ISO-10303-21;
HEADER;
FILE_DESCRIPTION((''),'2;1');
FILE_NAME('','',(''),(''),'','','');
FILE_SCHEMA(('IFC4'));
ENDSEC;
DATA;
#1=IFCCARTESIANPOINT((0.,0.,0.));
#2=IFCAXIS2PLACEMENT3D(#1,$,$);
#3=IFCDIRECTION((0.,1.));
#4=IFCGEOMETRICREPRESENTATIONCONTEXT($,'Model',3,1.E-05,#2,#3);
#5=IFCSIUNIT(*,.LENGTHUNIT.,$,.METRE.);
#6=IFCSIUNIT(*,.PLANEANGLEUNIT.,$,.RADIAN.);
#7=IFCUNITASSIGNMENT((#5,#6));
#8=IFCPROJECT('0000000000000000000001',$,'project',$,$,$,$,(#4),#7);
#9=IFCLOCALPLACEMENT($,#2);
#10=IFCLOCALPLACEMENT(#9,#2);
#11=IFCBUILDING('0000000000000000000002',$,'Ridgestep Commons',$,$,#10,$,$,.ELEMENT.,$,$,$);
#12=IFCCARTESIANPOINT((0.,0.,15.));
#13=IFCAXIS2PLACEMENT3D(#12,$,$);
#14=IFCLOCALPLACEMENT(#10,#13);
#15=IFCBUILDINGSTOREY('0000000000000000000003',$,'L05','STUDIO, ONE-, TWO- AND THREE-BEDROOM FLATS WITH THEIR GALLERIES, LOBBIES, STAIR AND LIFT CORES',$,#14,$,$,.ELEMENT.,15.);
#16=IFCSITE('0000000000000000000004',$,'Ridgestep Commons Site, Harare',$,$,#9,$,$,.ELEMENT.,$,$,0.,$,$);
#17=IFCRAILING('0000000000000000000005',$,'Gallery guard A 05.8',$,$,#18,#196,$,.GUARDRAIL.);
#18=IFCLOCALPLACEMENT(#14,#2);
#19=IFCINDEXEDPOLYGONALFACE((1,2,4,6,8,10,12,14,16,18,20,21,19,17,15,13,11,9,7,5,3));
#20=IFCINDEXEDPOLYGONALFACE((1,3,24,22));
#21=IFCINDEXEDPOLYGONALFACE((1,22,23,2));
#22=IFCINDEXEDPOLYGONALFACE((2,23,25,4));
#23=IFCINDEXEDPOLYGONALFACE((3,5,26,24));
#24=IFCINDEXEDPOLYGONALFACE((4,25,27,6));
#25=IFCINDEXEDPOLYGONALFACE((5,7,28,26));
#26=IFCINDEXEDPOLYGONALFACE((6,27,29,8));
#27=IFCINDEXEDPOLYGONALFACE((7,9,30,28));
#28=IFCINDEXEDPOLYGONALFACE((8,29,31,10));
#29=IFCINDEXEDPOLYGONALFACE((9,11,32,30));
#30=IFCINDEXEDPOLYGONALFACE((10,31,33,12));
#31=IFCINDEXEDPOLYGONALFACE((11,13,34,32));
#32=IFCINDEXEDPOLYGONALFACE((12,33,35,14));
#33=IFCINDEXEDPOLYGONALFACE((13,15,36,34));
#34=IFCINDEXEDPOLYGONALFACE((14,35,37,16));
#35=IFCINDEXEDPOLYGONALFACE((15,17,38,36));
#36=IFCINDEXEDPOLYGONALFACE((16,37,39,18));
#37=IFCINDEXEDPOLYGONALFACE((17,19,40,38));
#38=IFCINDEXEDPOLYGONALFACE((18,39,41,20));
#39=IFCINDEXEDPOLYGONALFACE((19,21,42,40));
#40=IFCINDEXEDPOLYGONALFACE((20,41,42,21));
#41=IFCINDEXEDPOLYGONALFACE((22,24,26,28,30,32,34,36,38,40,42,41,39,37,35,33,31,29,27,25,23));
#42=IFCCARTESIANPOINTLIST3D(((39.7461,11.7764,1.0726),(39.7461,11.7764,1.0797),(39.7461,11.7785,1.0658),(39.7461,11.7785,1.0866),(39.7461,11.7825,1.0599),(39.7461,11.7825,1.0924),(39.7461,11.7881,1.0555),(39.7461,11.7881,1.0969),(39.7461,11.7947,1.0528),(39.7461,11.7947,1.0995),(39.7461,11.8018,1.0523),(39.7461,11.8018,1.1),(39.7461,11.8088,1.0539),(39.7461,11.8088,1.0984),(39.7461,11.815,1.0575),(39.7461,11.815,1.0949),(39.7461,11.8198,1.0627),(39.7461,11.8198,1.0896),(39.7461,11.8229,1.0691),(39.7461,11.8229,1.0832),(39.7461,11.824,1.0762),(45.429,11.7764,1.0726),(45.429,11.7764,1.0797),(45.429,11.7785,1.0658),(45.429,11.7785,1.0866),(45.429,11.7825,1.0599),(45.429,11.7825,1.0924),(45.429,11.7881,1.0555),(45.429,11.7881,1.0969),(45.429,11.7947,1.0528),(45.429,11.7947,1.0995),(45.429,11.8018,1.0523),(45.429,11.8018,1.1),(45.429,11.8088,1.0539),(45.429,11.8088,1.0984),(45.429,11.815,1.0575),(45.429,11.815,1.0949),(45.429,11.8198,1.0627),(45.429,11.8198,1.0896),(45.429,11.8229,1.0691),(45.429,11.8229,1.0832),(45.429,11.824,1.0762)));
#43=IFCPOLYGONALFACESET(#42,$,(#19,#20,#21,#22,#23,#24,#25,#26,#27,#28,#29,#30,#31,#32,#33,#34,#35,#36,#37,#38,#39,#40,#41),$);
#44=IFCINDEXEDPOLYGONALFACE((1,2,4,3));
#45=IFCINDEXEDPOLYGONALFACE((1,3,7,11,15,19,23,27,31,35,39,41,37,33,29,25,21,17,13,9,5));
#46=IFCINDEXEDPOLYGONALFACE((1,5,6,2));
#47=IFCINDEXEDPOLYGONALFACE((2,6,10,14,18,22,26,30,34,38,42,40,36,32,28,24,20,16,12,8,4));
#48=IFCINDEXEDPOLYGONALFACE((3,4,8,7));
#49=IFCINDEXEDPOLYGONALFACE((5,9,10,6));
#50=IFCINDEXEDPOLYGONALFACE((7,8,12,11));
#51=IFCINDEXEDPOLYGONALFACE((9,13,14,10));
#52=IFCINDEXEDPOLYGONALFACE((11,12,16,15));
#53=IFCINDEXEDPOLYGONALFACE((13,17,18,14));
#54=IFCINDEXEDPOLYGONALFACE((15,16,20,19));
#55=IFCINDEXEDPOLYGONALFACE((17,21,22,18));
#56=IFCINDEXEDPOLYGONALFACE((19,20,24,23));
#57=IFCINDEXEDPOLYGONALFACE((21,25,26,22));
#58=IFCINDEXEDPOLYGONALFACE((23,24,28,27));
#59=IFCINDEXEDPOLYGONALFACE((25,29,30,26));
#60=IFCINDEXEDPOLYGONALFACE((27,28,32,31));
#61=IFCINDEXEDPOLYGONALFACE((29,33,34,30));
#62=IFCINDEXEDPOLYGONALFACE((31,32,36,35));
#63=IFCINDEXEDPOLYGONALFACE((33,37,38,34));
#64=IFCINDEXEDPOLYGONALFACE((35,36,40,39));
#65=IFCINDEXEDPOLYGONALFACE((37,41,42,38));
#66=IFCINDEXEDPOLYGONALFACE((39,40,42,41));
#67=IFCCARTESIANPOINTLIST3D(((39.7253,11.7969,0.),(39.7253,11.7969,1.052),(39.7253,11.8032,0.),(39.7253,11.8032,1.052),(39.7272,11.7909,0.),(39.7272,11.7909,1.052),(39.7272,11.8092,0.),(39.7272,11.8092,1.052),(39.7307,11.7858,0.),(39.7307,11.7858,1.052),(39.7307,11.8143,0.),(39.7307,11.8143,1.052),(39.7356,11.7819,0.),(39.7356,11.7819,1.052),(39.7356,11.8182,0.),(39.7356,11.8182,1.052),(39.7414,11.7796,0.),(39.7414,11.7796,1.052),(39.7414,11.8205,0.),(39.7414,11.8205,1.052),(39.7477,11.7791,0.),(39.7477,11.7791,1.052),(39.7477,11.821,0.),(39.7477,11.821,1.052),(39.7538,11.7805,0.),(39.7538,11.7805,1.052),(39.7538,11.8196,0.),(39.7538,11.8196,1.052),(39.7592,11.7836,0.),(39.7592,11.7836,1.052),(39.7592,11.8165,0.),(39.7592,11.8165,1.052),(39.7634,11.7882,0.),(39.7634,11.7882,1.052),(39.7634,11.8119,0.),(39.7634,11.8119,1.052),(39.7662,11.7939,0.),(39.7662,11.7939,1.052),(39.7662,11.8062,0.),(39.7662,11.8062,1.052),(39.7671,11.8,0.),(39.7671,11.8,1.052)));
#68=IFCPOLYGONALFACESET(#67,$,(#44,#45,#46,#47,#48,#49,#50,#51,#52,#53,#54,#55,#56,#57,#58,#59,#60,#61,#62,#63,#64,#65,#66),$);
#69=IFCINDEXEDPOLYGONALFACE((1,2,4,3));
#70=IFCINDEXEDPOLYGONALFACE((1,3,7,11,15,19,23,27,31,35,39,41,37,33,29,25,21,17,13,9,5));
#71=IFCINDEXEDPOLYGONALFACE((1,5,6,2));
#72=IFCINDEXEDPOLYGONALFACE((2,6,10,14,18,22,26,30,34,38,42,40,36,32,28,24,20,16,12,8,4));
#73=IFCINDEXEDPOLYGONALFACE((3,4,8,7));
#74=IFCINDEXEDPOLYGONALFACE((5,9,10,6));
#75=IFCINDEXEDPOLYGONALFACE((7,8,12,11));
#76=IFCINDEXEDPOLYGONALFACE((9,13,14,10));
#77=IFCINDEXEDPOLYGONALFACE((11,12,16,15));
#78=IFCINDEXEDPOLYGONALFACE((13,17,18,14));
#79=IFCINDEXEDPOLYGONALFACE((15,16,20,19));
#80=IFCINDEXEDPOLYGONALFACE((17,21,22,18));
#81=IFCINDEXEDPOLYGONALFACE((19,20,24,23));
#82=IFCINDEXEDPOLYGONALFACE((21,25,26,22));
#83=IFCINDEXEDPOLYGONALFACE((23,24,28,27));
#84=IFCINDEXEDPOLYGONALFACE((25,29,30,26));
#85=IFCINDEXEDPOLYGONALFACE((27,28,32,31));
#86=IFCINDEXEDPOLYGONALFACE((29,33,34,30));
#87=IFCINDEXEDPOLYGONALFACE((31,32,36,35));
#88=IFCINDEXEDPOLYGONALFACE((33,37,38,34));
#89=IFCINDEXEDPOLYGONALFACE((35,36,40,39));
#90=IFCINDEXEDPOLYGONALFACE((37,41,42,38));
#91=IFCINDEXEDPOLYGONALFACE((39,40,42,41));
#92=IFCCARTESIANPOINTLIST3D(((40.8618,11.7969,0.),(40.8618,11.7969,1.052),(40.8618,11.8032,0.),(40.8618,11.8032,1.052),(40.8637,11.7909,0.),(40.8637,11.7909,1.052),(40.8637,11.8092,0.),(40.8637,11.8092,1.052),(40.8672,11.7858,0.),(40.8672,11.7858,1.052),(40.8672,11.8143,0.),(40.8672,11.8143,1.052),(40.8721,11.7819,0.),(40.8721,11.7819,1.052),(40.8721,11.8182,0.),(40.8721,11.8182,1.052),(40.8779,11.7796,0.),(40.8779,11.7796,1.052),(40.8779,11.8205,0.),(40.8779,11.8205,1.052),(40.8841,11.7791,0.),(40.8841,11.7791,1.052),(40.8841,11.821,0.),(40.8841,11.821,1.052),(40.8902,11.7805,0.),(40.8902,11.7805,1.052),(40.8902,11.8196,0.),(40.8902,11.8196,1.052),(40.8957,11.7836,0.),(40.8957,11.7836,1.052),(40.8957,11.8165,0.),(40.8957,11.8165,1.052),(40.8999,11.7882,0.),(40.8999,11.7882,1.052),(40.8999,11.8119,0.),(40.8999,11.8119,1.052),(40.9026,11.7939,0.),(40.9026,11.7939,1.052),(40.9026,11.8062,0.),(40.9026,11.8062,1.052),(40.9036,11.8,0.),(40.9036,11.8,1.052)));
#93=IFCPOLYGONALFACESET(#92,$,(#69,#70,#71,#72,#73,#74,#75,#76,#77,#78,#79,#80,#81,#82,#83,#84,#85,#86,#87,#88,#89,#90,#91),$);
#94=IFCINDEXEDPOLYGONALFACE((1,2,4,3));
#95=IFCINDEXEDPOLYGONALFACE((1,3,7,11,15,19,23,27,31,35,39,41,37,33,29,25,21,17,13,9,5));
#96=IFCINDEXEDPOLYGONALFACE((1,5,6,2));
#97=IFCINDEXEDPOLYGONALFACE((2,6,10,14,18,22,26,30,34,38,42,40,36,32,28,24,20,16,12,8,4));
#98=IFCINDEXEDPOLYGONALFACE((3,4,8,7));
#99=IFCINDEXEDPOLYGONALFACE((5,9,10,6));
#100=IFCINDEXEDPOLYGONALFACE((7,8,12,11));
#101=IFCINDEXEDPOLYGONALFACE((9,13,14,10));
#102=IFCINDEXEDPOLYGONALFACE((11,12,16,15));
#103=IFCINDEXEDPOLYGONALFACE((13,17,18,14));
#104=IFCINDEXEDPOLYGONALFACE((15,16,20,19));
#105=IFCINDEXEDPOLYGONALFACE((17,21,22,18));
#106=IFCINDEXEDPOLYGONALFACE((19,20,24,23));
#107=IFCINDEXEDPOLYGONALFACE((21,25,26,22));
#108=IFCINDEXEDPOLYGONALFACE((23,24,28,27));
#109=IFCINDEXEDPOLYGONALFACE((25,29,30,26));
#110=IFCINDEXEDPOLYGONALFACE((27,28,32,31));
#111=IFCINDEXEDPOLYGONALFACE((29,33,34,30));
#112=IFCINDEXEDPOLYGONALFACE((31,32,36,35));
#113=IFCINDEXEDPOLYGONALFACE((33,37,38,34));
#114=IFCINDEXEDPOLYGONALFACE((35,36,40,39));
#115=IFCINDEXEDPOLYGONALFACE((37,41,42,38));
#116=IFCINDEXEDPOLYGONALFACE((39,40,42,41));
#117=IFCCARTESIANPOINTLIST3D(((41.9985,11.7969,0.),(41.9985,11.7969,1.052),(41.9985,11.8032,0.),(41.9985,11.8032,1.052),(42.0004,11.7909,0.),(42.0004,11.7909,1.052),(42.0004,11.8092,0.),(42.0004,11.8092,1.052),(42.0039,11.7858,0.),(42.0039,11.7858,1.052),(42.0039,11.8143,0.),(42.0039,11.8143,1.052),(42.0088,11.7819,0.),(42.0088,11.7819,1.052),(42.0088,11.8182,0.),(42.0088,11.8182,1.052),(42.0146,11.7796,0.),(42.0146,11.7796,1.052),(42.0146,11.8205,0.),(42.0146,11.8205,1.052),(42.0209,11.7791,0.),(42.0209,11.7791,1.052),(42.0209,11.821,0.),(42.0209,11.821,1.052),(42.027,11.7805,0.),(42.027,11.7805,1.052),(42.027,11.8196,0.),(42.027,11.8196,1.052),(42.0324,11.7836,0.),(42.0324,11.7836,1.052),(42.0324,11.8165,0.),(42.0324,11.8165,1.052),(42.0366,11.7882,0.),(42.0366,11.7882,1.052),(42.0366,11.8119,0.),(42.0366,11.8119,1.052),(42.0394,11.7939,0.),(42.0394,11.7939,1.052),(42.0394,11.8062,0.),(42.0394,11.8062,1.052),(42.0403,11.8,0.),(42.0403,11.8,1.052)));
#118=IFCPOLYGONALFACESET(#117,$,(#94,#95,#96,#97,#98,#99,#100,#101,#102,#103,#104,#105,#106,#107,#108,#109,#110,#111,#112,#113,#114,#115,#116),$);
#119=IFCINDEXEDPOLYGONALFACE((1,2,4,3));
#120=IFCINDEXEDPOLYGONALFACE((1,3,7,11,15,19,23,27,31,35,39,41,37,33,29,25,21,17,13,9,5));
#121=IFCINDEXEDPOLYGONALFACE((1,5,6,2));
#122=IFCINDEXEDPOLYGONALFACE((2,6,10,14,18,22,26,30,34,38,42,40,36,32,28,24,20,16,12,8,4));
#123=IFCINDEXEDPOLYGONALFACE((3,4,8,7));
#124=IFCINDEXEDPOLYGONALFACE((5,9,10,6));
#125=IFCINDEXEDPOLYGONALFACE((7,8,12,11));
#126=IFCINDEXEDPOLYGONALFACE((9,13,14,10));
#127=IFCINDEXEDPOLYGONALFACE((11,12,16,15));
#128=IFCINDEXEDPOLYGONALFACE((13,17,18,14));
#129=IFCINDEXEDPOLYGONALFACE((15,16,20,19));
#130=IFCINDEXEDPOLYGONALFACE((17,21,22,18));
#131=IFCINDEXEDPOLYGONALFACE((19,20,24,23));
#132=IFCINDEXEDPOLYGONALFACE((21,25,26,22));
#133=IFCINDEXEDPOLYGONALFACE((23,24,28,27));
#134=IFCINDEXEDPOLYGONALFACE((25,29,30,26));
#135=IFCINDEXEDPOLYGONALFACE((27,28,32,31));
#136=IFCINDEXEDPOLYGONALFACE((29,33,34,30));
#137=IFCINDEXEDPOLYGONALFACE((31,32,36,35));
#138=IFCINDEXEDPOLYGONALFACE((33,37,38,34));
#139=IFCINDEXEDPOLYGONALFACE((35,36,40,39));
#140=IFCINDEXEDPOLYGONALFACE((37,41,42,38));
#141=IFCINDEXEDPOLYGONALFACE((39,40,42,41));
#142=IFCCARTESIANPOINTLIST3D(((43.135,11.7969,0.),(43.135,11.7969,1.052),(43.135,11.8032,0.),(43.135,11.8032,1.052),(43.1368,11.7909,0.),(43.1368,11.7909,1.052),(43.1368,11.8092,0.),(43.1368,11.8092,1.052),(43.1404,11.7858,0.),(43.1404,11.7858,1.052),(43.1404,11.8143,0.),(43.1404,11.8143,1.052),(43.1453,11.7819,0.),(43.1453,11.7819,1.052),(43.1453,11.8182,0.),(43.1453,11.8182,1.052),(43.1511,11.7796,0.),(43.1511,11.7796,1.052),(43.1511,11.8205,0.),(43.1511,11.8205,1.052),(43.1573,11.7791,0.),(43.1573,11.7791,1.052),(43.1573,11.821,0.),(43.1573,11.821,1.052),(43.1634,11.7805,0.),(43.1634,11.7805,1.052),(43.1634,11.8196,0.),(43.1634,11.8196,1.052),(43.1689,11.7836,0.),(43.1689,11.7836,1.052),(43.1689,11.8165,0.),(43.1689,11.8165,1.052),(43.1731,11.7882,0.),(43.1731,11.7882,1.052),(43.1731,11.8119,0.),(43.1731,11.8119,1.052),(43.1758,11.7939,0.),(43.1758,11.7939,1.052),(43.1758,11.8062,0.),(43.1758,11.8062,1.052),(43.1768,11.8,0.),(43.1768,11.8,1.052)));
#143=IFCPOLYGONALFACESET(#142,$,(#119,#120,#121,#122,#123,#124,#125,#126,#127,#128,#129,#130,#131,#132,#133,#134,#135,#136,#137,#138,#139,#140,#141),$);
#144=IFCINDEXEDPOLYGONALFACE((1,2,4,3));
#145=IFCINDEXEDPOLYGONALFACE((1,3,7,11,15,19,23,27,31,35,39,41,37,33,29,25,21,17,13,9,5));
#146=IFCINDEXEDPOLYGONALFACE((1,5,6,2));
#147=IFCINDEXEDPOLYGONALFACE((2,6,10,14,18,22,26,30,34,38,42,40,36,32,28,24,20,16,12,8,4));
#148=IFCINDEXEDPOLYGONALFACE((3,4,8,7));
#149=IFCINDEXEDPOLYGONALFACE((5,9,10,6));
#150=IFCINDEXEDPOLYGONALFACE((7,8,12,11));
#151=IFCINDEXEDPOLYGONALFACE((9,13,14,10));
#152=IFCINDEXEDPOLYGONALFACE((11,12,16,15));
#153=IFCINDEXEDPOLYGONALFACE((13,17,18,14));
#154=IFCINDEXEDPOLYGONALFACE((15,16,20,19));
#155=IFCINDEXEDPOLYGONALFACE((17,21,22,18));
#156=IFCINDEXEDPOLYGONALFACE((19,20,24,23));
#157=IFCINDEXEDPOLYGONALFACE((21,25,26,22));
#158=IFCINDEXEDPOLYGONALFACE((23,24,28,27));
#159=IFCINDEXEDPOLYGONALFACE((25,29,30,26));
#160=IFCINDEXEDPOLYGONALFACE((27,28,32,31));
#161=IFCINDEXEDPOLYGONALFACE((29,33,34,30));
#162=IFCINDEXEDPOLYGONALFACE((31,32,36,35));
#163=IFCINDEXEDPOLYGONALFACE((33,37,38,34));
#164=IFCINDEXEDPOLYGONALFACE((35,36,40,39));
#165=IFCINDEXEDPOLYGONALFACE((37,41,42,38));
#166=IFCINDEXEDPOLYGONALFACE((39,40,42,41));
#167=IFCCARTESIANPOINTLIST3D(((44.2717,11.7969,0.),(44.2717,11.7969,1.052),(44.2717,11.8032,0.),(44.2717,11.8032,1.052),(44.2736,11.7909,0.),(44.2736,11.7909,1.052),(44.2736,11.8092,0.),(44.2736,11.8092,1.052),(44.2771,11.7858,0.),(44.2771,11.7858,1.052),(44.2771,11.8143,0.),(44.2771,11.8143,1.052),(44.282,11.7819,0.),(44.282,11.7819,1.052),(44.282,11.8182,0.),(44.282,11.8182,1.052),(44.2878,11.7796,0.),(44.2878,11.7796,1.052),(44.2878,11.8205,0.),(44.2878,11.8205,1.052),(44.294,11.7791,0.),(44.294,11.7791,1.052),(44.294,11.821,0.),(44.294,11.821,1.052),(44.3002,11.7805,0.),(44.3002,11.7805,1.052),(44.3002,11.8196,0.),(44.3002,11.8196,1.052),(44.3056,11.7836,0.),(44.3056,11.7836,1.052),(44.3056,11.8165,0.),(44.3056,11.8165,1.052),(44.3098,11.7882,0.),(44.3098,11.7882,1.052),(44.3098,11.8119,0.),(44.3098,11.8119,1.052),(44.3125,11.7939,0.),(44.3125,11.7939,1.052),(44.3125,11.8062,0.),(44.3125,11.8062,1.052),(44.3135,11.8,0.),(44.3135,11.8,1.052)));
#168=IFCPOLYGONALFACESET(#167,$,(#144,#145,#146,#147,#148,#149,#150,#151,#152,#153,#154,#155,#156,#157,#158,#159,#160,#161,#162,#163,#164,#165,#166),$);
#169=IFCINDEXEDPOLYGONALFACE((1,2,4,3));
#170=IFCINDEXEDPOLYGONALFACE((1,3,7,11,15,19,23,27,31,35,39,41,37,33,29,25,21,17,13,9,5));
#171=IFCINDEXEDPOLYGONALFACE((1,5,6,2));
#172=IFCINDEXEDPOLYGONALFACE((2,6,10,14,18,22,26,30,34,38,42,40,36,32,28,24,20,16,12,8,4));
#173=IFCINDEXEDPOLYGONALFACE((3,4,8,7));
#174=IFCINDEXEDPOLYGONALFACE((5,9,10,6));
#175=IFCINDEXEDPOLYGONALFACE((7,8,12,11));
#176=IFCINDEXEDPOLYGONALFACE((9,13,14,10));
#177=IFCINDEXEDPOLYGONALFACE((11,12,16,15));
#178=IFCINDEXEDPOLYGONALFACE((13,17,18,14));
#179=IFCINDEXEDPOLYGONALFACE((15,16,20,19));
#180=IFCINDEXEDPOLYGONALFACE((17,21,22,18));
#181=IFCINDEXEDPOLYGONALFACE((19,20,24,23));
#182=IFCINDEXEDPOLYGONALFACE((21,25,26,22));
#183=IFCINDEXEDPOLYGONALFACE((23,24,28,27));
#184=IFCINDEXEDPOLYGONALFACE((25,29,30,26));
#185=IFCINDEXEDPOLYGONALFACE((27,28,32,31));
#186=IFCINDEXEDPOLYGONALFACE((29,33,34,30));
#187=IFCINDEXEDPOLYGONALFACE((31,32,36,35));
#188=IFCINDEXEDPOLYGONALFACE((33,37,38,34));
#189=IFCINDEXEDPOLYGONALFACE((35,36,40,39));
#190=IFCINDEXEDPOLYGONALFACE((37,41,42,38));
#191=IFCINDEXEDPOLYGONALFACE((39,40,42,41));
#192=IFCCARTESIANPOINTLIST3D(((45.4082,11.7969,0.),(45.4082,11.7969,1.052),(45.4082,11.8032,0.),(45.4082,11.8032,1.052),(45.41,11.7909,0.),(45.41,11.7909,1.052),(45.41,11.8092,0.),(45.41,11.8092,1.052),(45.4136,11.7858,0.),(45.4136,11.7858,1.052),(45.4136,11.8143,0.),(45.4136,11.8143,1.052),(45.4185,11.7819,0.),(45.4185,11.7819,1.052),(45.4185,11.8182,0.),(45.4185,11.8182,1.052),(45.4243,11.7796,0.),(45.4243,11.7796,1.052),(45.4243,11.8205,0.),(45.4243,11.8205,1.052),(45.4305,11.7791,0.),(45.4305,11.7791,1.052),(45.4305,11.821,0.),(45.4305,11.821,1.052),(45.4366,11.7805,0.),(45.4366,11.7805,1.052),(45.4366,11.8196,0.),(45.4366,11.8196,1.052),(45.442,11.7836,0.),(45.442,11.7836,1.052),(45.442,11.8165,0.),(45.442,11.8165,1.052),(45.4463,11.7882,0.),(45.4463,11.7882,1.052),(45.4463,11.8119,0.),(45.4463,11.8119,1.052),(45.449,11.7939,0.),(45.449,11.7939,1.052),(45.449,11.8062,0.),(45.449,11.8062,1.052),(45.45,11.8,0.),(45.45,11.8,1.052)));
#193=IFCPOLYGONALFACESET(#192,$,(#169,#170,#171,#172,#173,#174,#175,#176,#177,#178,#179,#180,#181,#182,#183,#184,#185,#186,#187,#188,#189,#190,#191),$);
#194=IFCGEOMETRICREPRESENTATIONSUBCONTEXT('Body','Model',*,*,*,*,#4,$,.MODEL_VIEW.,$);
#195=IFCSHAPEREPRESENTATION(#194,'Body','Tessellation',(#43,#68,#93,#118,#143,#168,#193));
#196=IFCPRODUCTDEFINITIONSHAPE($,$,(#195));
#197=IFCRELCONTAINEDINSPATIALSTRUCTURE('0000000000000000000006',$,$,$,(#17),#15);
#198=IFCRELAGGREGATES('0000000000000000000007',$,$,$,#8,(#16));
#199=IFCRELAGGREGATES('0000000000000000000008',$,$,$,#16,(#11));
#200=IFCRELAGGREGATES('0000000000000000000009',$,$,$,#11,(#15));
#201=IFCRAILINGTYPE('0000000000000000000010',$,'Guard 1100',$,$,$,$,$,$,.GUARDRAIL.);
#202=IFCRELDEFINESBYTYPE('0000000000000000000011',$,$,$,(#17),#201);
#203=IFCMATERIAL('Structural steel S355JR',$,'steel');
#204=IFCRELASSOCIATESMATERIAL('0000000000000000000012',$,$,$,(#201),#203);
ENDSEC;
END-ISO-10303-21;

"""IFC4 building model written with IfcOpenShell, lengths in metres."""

from ifc_helpers import new_model, si_unit, direction, frame, origin, origin_2d, place, context, subcontext, project, spatial, circle, extrude, material, type_object, element, save


model = new_model("IFC4")

# Units and contexts
model_context = context("Model", 3, precision=1e-05, world=origin(), true_north=direction((0.0, 1.0)))
body_context = subcontext(model_context, "Body", "Model", "MODEL_VIEW")
ifc_project = project(units=[si_unit("LENGTHUNIT", "METRE"), si_unit("PLANEANGLEUNIT", "RADIAN")], contexts=[model_context])

# Site, building, storey
site_placement = place(None, origin())
site = spatial("IfcSite", under=ifc_project, at=site_placement, Name="Ridgestep Commons Site, Harare", CompositionType="ELEMENT", RefElevation=0.0)
building_placement = place(site_placement, origin())
building = spatial("IfcBuilding", under=site, at=building_placement, Name="Ridgestep Commons", CompositionType="ELEMENT")
storey_placement = place(building_placement, frame((0.0, 0.0, 15.0)))
storey = spatial("IfcBuildingStorey", under=building, at=storey_placement, Name="L05", Description="STUDIO, ONE-, TWO- AND THREE-BEDROOM FLATS WITH THEIR GALLERIES, LOBBIES, STAIR AND LIFT CORES", CompositionType="ELEMENT", Elevation=15.0)

# Railing
ifc_material_1 = material(Name="Structural steel S355JR", Category="steel")
railing_type = type_object("IfcRailingType", Name="Guard 1100", PredefinedType="GUARDRAIL", material=ifc_material_1)
railing_1_placement = place(storey_placement, frame((39.7461, 11.8, 0.0)))
element("IfcRailing", 1, at=railing_1_placement, inside=storey, type_object=railing_type, Name="Gallery guard A 05.8", PredefinedType="GUARDRAIL", context=body_context, shape_type="SweptSolid", body=[
    extrude(circle(Radius=0.0239, at=origin_2d()), frame((0.0, 0.0, 1.0762), z_axis=(1.0, 0.0, 0.0), x_axis=(0.0, 1.0, 0.0)), (0.0, 0.0, 1.0), 5.6829),
    extrude(circle(Radius=0.021, at=origin_2d()), origin(), (0.0, 0.0, 1.0), 1.052),
    extrude(circle(Radius=0.021, at=origin_2d()), frame((1.1365, 0.0, 0.0)), (0.0, 0.0, 1.0), 1.052),
    extrude(circle(Radius=0.021, at=origin_2d()), frame((2.2732, 0.0, 0.0)), (0.0, 0.0, 1.0), 1.052),
    extrude(circle(Radius=0.021, at=origin_2d()), frame((3.4097, 0.0, 0.0)), (0.0, 0.0, 1.0), 1.052),
    extrude(circle(Radius=0.021, at=origin_2d()), frame((4.5464, 0.0, 0.0)), (0.0, 0.0, 1.0), 1.052),
    extrude(circle(Radius=0.021, at=origin_2d()), frame((5.6829, 0.0, 0.0)), (0.0, 0.0, 1.0), 1.052),
])

save(model, "model.ifc")
